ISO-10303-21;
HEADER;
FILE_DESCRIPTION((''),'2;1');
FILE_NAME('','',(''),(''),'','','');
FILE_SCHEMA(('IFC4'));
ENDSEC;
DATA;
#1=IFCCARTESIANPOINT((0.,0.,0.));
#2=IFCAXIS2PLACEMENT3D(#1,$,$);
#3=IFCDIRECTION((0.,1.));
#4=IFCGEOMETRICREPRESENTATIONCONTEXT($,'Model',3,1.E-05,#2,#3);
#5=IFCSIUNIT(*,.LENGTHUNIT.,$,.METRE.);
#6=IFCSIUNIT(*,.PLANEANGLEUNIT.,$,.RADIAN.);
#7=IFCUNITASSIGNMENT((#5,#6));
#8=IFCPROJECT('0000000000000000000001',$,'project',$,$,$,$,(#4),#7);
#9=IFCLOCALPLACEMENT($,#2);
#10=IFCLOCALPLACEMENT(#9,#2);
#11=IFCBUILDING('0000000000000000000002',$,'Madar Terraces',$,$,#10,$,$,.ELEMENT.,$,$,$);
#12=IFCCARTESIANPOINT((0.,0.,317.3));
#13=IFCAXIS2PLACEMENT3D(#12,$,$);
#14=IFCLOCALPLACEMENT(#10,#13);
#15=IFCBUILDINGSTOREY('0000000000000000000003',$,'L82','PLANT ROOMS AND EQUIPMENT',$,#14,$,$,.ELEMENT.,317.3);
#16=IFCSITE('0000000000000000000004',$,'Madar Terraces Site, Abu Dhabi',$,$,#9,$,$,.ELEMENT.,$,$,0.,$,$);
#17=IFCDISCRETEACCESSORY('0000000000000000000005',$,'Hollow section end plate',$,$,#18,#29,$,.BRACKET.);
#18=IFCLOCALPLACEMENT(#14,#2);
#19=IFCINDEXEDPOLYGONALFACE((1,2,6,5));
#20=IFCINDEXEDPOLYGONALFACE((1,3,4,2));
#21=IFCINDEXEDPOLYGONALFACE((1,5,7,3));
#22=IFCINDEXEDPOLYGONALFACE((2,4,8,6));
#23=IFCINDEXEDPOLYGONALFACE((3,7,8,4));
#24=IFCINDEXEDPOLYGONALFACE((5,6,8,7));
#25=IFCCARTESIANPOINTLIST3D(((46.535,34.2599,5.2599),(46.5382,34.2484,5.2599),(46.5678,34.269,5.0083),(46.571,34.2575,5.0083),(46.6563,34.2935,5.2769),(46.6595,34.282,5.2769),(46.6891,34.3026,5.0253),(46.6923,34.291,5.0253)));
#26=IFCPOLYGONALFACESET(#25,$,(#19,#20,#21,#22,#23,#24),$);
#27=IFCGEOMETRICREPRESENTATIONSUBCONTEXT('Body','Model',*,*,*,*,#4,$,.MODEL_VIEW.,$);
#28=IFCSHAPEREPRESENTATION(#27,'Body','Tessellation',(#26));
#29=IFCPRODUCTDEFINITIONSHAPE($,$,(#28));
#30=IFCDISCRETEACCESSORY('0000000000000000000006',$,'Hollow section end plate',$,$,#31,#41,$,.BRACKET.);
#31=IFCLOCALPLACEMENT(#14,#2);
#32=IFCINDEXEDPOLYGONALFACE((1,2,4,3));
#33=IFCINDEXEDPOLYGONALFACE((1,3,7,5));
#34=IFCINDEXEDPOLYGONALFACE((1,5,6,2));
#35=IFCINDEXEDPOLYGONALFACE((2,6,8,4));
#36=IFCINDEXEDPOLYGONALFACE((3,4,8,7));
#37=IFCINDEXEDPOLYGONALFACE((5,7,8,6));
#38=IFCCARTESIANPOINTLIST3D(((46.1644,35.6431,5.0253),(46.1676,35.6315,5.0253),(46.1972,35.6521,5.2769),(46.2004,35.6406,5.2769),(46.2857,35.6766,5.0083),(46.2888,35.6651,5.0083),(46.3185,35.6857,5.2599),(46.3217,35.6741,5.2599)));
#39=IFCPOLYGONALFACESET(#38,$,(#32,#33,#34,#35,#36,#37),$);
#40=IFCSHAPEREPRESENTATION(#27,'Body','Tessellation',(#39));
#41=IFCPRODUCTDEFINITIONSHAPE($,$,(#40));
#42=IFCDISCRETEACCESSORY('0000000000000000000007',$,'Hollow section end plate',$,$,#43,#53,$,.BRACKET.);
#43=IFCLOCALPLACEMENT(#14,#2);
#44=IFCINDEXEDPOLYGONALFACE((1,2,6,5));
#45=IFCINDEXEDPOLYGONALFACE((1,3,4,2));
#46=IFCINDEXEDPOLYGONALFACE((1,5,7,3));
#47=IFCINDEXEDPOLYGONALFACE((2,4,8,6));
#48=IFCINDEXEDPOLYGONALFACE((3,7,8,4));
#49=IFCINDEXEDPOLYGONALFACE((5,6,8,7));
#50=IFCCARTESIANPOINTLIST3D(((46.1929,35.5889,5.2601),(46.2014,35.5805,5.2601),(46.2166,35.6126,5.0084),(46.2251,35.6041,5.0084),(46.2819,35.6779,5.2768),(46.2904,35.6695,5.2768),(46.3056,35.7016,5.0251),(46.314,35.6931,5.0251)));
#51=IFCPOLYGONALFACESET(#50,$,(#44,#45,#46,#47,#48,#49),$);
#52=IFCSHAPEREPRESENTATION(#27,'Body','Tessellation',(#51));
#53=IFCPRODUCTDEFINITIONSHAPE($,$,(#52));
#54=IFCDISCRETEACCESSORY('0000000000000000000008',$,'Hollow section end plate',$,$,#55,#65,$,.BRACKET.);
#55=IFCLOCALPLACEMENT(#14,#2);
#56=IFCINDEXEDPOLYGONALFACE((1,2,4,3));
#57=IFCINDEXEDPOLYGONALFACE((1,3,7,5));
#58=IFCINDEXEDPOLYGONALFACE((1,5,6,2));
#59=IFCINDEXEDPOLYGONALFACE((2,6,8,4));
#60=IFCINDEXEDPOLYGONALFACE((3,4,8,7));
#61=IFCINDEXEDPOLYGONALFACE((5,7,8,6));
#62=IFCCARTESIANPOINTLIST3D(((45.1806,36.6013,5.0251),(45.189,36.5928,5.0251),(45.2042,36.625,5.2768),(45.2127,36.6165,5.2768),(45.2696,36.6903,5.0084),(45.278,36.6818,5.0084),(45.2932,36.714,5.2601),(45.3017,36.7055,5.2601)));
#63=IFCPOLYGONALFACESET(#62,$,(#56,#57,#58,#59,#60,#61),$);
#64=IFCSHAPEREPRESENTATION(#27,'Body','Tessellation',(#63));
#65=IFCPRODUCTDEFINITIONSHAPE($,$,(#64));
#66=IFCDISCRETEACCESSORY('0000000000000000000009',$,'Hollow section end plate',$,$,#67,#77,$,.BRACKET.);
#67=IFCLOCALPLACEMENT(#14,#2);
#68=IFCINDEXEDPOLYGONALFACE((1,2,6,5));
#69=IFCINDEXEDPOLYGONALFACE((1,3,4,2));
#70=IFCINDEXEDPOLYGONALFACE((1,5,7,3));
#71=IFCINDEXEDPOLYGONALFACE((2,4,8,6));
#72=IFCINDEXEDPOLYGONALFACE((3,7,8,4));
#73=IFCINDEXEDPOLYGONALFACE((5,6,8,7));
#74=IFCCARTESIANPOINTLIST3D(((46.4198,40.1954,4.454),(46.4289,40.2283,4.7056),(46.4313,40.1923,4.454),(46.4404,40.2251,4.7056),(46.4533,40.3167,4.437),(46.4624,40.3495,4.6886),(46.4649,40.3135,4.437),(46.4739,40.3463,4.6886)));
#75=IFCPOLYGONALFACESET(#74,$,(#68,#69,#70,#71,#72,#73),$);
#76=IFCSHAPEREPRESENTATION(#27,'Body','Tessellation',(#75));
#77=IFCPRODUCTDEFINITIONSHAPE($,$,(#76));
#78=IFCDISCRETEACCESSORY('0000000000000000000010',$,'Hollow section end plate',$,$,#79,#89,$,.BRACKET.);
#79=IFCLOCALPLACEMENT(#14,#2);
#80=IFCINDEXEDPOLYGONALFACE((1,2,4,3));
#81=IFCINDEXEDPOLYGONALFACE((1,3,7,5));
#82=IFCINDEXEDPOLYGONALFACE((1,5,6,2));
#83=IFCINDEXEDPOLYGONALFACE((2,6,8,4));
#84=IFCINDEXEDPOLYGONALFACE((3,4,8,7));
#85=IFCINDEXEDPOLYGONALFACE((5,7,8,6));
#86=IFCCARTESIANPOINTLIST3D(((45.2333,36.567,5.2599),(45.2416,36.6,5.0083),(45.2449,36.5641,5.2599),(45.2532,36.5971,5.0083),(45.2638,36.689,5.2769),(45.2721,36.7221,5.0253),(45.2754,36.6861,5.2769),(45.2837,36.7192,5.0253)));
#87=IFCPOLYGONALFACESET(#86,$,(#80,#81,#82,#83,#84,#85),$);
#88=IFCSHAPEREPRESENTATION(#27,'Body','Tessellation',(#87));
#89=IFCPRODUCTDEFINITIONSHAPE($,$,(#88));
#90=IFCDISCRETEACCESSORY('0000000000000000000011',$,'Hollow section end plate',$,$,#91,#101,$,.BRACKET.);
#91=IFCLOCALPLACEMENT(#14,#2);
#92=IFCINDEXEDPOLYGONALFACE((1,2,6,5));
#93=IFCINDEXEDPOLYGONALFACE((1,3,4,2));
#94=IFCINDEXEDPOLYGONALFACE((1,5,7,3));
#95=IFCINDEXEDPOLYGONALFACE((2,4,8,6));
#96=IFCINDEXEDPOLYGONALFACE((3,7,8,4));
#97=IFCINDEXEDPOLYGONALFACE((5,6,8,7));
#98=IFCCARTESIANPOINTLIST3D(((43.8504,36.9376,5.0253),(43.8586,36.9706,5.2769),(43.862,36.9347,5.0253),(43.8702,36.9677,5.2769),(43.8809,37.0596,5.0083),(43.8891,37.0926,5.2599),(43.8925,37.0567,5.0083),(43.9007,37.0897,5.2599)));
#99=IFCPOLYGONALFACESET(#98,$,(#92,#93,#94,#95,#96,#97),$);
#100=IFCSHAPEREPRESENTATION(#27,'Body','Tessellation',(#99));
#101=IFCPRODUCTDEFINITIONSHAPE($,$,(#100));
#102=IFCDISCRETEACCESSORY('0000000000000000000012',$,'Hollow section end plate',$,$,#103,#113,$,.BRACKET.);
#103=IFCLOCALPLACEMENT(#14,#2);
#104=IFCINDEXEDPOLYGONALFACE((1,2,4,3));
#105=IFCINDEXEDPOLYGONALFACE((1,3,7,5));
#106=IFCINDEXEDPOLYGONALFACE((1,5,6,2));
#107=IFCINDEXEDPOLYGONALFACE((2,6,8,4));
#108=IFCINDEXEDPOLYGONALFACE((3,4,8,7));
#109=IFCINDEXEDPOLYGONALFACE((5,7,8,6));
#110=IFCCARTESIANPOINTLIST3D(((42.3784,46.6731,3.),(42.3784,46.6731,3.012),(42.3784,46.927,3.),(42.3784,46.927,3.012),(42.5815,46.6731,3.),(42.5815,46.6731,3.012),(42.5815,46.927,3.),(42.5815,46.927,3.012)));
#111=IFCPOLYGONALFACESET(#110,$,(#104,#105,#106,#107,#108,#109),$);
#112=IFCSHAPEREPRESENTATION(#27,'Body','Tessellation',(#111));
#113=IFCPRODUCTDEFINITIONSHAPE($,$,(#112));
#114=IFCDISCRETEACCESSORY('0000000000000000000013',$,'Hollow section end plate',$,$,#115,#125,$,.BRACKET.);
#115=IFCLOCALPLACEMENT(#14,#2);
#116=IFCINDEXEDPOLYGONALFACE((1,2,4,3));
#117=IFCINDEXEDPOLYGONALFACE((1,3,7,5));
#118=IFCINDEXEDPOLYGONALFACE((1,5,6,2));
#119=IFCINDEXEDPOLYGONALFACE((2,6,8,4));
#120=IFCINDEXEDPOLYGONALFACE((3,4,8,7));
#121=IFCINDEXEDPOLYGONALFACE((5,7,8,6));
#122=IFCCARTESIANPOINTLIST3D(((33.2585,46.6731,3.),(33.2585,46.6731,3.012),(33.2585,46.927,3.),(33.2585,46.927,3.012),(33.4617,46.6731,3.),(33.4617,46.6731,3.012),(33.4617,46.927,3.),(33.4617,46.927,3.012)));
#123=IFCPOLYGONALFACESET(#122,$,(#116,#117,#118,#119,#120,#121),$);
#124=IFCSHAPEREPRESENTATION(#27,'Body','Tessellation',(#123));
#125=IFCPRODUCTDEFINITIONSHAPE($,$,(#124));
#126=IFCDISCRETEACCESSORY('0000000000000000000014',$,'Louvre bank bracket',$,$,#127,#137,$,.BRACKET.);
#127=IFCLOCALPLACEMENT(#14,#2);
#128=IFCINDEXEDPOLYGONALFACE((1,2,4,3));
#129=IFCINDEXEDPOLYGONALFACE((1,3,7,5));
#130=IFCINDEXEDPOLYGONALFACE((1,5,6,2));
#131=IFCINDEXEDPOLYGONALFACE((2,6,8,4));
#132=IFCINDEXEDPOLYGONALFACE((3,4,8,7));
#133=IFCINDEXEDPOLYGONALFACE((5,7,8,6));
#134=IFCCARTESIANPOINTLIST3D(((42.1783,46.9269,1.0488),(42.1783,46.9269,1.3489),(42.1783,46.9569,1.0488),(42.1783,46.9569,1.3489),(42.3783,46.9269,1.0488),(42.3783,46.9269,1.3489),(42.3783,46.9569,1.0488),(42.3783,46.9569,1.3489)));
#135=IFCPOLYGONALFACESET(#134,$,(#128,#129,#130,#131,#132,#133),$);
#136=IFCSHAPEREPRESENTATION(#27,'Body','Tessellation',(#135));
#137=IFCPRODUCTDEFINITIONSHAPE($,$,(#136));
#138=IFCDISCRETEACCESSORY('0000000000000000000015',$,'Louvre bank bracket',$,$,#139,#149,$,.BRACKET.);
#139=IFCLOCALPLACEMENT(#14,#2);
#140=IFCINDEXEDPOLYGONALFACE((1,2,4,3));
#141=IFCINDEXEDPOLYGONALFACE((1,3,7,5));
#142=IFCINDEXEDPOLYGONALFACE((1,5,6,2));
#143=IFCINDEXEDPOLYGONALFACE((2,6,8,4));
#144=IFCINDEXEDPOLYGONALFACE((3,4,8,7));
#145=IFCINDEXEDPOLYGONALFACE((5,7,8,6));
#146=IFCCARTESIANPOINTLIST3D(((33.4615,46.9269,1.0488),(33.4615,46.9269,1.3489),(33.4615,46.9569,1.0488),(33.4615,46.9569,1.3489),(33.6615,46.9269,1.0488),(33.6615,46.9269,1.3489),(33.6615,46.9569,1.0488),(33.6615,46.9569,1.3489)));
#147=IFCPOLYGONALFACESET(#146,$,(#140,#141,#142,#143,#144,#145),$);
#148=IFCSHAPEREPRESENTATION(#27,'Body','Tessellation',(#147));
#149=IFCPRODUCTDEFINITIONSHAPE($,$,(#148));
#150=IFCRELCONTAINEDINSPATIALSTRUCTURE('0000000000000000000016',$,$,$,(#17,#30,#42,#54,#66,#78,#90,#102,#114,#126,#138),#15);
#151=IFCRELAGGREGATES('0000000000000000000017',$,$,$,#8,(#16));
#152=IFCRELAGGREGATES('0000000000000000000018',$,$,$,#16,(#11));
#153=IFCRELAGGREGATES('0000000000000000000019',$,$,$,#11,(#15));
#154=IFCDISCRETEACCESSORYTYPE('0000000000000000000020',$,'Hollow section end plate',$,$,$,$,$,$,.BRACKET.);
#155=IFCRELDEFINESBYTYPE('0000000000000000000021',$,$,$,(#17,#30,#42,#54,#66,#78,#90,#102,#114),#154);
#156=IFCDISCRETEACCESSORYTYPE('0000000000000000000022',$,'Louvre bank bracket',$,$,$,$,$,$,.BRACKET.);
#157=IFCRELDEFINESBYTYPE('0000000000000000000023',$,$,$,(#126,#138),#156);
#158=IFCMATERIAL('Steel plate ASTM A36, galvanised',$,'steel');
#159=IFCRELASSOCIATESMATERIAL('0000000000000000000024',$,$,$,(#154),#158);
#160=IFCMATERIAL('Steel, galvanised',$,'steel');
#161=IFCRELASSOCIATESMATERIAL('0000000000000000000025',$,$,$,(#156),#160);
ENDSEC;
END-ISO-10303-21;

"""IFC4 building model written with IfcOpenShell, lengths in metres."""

from ifc_helpers import new_model, si_unit, direction, frame, origin, origin_2d, place, context, subcontext, project, spatial, rectangle, extrude, material, type_object, element, save


model = new_model("IFC4")

# Units and contexts
model_context = context("Model", 3, precision=1e-05, world=origin(), true_north=direction((0.0, 1.0)))
body_context = subcontext(model_context, "Body", "Model", "MODEL_VIEW")
ifc_project = project(units=[si_unit("LENGTHUNIT", "METRE"), si_unit("PLANEANGLEUNIT", "RADIAN")], contexts=[model_context])

# Site, building, storey
site_placement = place(None, origin())
site = spatial("IfcSite", under=ifc_project, at=site_placement, Name="Madar Terraces Site, Abu Dhabi", CompositionType="ELEMENT", RefElevation=0.0)
building_placement = place(site_placement, origin())
building = spatial("IfcBuilding", under=site, at=building_placement, Name="Madar Terraces", CompositionType="ELEMENT")
storey_placement = place(building_placement, frame((0.0, 0.0, 317.3)))
storey = spatial("IfcBuildingStorey", under=building, at=storey_placement, Name="L82", Description="PLANT ROOMS AND EQUIPMENT", CompositionType="ELEMENT", Elevation=317.3)

# Discrete accessories
ifc_material_1 = material(Name="Steel plate ASTM A36, galvanised", Category="steel")
discrete_accessory_type_1 = type_object("IfcDiscreteAccessoryType", Name="Hollow section end plate", PredefinedType="BRACKET", material=ifc_material_1)
for number, where, z_axis, x_axis, name in (
    (1, (46.6121, 34.2812, 5.1426), (0.266586, -0.963811, 0.0), (0.955108, 0.264179, 0.134086), "Hollow section end plate"),
    (2, (46.2446, 35.6528, 5.1426), (-0.266586, 0.963811, 0.0), (-0.955108, -0.264179, 0.134086), "Hollow section end plate"),
    (3, (46.2493, 35.6453, 5.1426), (0.707107, -0.707107, 0.0), (0.700941, 0.700941, 0.131765), "Hollow section end plate"),
    (4, (45.2454, 36.6492, 5.1426), (-0.707107, 0.707107, 0.0), (-0.700941, -0.700941, 0.131765), "Hollow section end plate"),
    (5, (46.4526, 40.2693, 4.5713), (-0.963811, 0.266586, 0.0), (-0.264179, -0.955108, 0.134086), "Hollow section end plate"),
    (6, (45.2527, 36.6445, 5.1426), (0.970143, -0.242536, 0.0), (0.240345, 0.961382, 0.134086), "Hollow section end plate"),
    (7, (43.8813, 37.0122, 5.1426), (-0.970143, 0.242536, 0.0), (-0.240345, -0.961382, 0.134086), "Hollow section end plate"),
):
    element("IfcDiscreteAccessory", number, at=place(storey_placement, frame(where, z_axis=z_axis, x_axis=x_axis)), inside=storey, type_object=discrete_accessory_type_1, Name=name, PredefinedType="BRACKET", context=body_context, shape_type="SweptSolid", body=[
        extrude(rectangle(XDim=0.127, YDim=0.2539, at=origin_2d()), origin(), (0.0, 0.0, 1.0), 0.012),
    ])
for number, where, z_axis, x_axis, name in (
    (8, (42.48, 46.8, 3.0), (0.0, 0.0, 1.0), (1.0, 0.0, 0.0), "Hollow section end plate"),
    (9, (33.3601, 46.8, 3.0), (0.0, 0.0, 1.0), (1.0, 0.0, 0.0), "Hollow section end plate"),
):
    element("IfcDiscreteAccessory", number, at=place(storey_placement, frame(where, z_axis=z_axis, x_axis=x_axis)), inside=storey, type_object=discrete_accessory_type_1, Name=name, PredefinedType="BRACKET", context=body_context, shape_type="SweptSolid", body=[
        extrude(rectangle(XDim=0.2031, YDim=0.2539, at=origin_2d()), origin(), (0.0, 0.0, 1.0), 0.012),
    ])
ifc_material_2 = material(Name="Steel, galvanised", Category="steel")
discrete_accessory_type_2 = type_object("IfcDiscreteAccessoryType", Name="Louvre bank bracket", PredefinedType="BRACKET", material=ifc_material_2)
for number, where, z_axis, x_axis, name in (
    (10, (42.2783, 46.9419, 1.0488), (0.0, 0.0, 1.0), (-1.0, 0.0, 0.0), "Louvre bank bracket"),
    (11, (33.5615, 46.9419, 1.0488), (0.0, 0.0, 1.0), (-1.0, 0.0, 0.0), "Louvre bank bracket"),
):
    element("IfcDiscreteAccessory", number, at=place(storey_placement, frame(where, z_axis=z_axis, x_axis=x_axis)), inside=storey, type_object=discrete_accessory_type_2, Name=name, PredefinedType="BRACKET", context=body_context, shape_type="SweptSolid", body=[
        extrude(rectangle(XDim=0.2, YDim=0.03, at=origin_2d()), origin(), (0.0, 0.0, 1.0), 0.3),
    ])

save(model, "model.ifc")
